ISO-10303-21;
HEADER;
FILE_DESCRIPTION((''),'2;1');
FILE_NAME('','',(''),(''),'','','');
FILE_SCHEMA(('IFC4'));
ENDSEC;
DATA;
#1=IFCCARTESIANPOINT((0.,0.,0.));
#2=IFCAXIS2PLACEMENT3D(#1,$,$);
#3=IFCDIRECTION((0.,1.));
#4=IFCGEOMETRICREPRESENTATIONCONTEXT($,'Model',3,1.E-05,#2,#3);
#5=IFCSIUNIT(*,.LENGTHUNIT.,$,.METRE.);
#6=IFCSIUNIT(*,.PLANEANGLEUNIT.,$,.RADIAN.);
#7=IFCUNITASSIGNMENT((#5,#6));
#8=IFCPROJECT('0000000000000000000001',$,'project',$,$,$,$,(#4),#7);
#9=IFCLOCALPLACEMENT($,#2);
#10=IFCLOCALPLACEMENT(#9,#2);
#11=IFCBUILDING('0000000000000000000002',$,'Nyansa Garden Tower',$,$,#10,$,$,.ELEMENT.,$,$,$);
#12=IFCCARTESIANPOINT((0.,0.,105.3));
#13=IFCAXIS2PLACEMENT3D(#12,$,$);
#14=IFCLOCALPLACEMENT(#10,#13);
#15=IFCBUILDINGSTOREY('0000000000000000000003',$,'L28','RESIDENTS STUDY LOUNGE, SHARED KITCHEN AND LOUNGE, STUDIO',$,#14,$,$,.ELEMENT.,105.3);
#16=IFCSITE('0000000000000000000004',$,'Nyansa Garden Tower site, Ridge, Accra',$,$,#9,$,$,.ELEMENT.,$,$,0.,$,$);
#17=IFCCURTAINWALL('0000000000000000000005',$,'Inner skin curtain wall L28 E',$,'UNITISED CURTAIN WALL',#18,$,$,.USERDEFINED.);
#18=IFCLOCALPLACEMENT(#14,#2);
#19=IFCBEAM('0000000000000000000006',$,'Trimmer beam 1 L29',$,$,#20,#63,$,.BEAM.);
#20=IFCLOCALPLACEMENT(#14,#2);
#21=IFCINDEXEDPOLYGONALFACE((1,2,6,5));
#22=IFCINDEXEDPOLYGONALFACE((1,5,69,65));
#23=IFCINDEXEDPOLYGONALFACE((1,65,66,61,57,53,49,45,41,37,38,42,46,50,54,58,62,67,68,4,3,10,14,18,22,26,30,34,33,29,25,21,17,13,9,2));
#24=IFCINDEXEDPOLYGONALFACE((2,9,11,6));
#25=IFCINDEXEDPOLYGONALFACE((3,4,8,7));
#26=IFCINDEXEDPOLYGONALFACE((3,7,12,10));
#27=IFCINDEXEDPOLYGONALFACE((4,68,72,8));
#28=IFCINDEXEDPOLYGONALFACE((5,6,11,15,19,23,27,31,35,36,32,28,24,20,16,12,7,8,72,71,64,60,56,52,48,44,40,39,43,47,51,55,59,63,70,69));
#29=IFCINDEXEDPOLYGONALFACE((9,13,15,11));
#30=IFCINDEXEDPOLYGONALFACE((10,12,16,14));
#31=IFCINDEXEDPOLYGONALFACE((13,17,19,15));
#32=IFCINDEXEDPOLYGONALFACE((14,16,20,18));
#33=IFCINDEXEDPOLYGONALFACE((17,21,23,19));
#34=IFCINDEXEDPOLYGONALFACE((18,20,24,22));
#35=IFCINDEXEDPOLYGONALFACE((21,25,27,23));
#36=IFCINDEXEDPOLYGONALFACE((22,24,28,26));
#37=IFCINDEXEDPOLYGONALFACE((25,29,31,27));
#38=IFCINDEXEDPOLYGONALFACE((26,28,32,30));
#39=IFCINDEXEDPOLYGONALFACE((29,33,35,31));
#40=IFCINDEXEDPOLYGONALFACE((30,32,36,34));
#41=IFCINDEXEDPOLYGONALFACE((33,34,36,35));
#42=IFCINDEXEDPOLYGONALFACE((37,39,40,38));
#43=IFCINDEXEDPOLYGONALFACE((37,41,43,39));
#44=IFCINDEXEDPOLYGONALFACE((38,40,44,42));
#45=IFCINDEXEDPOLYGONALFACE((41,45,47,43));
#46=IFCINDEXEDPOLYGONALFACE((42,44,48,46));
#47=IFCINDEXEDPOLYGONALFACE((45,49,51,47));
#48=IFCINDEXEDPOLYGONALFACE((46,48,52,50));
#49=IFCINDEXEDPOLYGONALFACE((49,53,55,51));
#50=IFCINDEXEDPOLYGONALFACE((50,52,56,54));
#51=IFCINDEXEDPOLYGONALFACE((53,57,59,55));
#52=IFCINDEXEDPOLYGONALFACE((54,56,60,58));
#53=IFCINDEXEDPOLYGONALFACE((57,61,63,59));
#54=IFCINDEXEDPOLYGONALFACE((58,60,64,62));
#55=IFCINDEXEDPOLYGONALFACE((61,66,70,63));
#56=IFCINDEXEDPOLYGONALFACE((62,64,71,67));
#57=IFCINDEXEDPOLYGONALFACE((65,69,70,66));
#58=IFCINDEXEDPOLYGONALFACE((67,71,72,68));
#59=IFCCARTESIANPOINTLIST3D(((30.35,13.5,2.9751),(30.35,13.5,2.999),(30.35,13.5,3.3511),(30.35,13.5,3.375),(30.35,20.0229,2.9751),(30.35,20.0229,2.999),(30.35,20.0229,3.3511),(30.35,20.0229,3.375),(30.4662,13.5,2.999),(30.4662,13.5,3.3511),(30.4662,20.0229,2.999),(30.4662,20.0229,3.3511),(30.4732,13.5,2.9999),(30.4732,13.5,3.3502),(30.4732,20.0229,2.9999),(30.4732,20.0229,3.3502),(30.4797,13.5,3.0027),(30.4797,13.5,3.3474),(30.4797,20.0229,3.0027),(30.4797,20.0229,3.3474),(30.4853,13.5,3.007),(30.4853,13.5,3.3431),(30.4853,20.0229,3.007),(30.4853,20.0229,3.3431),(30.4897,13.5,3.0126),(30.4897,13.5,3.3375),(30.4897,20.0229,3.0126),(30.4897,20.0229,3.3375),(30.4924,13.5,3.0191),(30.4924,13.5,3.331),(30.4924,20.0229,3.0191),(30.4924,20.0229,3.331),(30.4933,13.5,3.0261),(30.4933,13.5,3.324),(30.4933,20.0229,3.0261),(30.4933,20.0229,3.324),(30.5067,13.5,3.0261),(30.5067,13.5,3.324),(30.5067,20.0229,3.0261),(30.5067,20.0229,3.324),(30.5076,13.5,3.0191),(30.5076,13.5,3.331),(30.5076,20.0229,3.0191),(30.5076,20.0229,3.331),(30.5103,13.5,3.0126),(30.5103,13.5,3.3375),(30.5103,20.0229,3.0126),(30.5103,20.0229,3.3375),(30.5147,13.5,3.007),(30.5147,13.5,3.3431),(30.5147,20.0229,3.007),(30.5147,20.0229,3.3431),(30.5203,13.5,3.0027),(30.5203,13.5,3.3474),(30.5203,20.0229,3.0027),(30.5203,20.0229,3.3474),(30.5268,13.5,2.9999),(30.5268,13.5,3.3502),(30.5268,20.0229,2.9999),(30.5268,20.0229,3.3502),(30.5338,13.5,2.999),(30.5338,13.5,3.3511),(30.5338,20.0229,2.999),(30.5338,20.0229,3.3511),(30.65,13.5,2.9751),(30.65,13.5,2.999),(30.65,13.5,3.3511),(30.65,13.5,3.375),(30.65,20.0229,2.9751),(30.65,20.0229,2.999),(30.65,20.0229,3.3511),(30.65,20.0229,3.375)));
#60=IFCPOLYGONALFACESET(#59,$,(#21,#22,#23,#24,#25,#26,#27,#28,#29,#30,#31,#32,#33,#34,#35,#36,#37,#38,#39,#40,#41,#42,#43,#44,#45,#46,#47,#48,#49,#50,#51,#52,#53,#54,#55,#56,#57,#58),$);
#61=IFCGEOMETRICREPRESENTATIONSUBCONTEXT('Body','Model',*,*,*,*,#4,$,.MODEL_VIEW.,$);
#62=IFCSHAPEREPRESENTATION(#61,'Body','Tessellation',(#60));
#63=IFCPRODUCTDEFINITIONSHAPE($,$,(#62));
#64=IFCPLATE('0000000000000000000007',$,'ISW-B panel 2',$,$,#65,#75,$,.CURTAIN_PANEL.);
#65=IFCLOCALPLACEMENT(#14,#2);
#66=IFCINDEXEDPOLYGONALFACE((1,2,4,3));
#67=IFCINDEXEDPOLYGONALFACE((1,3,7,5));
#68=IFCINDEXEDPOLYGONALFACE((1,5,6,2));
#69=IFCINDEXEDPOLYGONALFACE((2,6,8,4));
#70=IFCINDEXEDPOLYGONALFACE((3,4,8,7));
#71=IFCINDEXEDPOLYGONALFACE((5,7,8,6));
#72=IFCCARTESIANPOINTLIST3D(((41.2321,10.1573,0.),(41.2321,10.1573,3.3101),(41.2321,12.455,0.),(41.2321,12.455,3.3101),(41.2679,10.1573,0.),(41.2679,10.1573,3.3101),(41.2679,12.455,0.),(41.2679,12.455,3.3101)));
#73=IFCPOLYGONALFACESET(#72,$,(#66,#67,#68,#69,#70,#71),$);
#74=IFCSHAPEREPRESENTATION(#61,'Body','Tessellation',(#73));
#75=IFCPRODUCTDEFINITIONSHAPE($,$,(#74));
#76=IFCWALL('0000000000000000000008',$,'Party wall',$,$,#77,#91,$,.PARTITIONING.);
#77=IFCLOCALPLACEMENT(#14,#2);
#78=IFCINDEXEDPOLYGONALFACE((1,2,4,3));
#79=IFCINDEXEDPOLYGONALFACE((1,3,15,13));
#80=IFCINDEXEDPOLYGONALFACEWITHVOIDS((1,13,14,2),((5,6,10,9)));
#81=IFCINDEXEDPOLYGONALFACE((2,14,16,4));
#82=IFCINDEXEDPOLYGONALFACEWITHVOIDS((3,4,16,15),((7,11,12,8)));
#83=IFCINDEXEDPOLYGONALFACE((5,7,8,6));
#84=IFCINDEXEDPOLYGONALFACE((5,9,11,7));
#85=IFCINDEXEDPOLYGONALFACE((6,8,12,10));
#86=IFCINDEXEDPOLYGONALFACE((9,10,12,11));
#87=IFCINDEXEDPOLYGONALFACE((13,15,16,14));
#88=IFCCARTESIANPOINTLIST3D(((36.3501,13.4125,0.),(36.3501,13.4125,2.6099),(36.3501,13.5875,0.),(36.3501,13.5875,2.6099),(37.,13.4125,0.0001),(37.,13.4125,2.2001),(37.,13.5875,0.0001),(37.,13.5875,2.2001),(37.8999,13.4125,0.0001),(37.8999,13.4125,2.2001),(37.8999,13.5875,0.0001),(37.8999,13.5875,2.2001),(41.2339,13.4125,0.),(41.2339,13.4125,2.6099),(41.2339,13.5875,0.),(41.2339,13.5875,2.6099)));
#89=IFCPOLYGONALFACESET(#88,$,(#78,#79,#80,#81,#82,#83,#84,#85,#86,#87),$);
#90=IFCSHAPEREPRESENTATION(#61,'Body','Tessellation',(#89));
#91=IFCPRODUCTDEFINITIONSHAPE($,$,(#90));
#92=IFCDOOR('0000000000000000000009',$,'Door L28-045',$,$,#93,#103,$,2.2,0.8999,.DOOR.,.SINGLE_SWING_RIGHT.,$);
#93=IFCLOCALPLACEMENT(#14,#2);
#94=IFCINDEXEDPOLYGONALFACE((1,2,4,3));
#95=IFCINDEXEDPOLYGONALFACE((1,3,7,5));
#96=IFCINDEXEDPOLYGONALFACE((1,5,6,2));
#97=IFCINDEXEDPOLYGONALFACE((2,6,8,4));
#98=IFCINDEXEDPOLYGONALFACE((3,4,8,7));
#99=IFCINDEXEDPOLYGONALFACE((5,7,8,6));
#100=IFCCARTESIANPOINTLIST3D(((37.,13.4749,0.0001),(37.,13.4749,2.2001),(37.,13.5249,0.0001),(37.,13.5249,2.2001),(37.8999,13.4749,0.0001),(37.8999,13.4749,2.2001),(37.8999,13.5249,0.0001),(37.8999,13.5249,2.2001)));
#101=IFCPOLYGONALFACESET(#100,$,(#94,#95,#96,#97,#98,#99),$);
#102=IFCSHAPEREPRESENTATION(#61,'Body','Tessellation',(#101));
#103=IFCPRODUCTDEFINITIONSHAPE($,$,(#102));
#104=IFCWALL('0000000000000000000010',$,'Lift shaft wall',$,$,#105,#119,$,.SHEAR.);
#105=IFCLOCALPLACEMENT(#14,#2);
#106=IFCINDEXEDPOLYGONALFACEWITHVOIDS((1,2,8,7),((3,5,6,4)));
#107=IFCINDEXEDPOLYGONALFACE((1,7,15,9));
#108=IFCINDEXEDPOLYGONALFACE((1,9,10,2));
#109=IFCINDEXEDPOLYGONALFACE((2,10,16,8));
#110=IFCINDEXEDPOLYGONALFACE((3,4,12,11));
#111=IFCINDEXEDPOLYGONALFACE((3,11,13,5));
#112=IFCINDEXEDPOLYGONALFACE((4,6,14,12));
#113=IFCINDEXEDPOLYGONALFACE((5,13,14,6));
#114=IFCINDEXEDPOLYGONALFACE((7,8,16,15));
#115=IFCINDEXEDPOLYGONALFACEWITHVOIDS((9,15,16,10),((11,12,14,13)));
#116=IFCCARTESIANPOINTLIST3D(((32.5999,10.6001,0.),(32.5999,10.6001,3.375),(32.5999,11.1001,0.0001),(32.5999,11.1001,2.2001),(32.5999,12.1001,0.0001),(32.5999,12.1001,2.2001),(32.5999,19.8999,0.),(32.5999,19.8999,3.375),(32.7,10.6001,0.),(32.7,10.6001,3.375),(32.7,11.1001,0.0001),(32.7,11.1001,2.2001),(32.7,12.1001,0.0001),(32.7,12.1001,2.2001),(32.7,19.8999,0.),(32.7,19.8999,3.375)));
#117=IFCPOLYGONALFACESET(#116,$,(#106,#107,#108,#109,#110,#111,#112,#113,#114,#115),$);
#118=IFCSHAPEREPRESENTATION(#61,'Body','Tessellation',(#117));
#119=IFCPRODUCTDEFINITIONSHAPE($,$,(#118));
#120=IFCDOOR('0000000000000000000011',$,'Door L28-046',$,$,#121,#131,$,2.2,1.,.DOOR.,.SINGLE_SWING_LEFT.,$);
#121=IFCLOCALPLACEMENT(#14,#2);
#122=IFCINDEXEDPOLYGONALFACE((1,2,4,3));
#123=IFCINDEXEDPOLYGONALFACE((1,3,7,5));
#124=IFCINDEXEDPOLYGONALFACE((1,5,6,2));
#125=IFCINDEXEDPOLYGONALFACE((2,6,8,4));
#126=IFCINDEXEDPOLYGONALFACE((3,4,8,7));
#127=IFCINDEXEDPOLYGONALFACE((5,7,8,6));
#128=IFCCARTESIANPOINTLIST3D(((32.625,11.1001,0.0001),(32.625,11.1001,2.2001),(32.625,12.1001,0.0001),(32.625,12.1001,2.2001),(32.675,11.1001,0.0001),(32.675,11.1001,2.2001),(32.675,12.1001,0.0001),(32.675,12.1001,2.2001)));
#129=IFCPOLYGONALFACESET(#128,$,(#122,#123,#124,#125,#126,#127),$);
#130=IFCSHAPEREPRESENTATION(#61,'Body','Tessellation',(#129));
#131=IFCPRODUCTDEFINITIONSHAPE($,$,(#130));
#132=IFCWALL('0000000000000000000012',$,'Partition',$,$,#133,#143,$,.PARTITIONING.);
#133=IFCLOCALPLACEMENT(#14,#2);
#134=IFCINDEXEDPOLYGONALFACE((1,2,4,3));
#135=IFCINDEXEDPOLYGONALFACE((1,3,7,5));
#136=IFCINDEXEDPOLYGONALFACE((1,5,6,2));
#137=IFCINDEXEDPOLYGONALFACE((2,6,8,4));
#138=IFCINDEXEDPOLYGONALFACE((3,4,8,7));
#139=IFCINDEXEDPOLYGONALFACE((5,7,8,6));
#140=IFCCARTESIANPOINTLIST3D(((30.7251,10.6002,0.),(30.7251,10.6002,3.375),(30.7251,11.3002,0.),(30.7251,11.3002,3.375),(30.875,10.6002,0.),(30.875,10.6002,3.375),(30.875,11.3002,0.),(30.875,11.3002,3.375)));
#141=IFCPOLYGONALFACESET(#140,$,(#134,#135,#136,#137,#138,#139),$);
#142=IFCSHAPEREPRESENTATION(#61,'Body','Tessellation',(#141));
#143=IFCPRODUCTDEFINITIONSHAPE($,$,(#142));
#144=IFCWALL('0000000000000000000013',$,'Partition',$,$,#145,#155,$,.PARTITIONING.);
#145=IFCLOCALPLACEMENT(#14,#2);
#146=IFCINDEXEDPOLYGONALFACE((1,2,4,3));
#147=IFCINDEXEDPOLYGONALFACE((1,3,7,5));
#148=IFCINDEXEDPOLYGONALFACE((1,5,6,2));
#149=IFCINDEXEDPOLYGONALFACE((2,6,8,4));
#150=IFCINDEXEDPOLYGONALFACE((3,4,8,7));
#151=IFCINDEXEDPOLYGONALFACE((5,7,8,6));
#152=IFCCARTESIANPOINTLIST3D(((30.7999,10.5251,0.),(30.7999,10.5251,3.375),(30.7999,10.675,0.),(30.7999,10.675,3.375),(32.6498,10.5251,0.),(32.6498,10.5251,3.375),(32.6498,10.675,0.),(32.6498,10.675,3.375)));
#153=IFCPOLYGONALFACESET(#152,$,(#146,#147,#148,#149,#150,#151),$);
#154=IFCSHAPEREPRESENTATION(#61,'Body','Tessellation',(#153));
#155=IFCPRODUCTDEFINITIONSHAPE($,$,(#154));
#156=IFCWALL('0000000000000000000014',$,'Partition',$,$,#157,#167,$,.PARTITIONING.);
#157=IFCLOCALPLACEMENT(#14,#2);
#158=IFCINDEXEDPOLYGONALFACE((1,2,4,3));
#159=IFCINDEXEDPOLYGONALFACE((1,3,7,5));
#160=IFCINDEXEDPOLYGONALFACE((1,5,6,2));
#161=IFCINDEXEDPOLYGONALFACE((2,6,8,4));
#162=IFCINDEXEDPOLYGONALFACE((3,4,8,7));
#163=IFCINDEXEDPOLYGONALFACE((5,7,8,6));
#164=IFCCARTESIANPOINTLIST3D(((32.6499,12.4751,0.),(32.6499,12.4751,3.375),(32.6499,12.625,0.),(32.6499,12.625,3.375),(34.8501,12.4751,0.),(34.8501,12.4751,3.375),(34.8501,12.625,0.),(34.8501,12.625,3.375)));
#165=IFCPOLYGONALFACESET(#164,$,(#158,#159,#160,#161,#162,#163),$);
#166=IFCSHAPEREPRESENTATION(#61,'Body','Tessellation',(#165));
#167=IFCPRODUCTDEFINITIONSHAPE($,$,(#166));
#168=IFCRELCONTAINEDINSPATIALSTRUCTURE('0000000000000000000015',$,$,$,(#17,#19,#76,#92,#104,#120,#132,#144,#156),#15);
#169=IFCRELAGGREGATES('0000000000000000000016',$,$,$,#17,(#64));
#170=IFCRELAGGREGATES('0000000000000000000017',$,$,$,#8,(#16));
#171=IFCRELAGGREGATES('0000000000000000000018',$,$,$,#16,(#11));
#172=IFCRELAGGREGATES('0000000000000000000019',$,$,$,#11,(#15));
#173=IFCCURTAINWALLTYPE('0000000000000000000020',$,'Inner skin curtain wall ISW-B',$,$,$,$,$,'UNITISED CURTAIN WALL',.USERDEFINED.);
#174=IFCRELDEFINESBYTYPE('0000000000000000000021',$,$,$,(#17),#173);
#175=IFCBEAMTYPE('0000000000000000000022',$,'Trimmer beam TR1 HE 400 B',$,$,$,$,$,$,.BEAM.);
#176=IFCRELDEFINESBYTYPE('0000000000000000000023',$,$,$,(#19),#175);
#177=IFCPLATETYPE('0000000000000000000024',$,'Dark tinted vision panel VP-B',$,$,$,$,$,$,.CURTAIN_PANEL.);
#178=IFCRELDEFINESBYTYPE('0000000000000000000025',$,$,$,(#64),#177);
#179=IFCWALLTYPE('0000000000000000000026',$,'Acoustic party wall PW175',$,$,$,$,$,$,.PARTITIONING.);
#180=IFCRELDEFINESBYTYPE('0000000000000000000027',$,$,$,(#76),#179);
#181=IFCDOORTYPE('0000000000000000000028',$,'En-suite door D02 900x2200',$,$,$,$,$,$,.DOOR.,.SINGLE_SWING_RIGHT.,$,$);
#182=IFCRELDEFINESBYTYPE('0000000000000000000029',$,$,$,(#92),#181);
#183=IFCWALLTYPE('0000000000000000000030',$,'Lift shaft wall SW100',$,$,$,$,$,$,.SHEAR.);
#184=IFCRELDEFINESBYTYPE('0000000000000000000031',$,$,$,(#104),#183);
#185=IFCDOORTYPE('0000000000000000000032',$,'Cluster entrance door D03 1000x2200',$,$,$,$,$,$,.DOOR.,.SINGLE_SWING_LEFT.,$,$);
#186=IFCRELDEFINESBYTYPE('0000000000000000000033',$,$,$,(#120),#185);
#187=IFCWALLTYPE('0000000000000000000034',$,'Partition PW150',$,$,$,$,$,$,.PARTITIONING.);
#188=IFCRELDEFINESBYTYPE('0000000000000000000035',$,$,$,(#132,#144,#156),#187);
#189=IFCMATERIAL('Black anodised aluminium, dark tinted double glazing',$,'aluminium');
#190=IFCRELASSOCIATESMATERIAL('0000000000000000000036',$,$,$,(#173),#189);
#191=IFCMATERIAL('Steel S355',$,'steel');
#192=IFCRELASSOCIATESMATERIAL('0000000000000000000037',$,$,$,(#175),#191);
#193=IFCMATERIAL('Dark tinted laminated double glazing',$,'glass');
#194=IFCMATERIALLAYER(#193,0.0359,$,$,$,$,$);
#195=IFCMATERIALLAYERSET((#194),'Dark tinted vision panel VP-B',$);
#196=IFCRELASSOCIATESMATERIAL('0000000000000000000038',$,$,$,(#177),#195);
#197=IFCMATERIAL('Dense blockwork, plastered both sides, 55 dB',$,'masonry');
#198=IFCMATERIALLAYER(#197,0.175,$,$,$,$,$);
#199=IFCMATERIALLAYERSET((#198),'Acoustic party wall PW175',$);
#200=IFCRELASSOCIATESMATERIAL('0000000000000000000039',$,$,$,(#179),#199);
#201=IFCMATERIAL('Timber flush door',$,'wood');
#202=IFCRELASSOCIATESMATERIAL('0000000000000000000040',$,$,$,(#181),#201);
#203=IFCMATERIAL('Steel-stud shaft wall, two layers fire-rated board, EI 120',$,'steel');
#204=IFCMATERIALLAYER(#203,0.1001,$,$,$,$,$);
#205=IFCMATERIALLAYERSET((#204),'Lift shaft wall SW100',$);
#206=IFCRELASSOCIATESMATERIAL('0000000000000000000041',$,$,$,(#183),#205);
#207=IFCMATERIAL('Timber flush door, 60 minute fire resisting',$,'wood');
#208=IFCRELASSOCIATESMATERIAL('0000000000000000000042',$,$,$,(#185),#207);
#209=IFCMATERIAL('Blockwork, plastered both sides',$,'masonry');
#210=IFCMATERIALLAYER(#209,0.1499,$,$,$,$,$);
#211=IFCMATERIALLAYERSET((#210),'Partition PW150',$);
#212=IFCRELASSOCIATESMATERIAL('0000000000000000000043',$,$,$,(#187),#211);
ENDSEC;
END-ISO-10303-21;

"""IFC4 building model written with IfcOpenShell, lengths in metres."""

from ifc_helpers import new_model, si_unit, direction, frame, frame_2d, origin, origin_2d, place, context, subcontext, project, spatial, rectangle, i_section, extrude, material, layer, layer_set, material_profile, profile_set, type_object, element, fill, aggregate, save


model = new_model("IFC4")

# Units and contexts
model_context = context("Model", 3, precision=1e-05, world=origin(), true_north=direction((0.0, 1.0)))
body_context = subcontext(model_context, "Body", "Model", "MODEL_VIEW")
ifc_project = project(units=[si_unit("LENGTHUNIT", "METRE"), si_unit("PLANEANGLEUNIT", "RADIAN")], contexts=[model_context])

# Site, building, storey
site_placement = place(None, origin())
site = spatial("IfcSite", under=ifc_project, at=site_placement, Name="Nyansa Garden Tower site, Ridge, Accra", CompositionType="ELEMENT", RefElevation=0.0)
building_placement = place(site_placement, origin())
building = spatial("IfcBuilding", under=site, at=building_placement, Name="Nyansa Garden Tower", CompositionType="ELEMENT")
storey_placement = place(building_placement, frame((0.0, 0.0, 105.3)))
storey = spatial("IfcBuildingStorey", under=building, at=storey_placement, Name="L28", Description="RESIDENTS STUDY LOUNGE, SHARED KITCHEN AND LOUNGE, STUDIO", CompositionType="ELEMENT", Elevation=105.3)

# Curtain wall
ifc_material_1 = material(Name="Black anodised aluminium, dark tinted double glazing", Category="aluminium")
curtain_wall_type = type_object("IfcCurtainWallType", Name="Inner skin curtain wall ISW-B", ElementType="UNITISED CURTAIN WALL", PredefinedType="USERDEFINED", material=ifc_material_1)
curtain_wall_1_placement = place(storey_placement, origin())
curtain_wall_1 = element("IfcCurtainWall", 1, at=curtain_wall_1_placement, inside=storey, type_object=curtain_wall_type, Name="Inner skin curtain wall L28 E", ObjectType="UNITISED CURTAIN WALL", PredefinedType="USERDEFINED")

# Beam
ifc_material_2 = material(Name="Steel S355", Category="steel")
ifc_material_profile_1 = material_profile(ifc_material_2, i_section(OverallWidth=0.3, OverallDepth=0.3999, WebThickness=0.0134, FlangeThickness=0.0239, FilletRadius=0.0271, at=origin_2d()), Name="HE 400 B")
ifc_profile_set_1 = profile_set([ifc_material_profile_1], Name="Steel S355")
beam_type_1 = type_object("IfcBeamType", Name="Trimmer beam TR1 HE 400 B", PredefinedType="BEAM", material=ifc_profile_set_1)
beam_1_placement = place(storey_placement, frame((30.5, 13.5, 3.175), z_axis=(0.0, 1.0, 0.0), x_axis=(-1.0, 0.0, 0.0)))
element("IfcBeam", 2, at=beam_1_placement, inside=storey, type_object=beam_type_1, Name="Trimmer beam 1 L29", PredefinedType="BEAM", context=body_context, shape_type="SweptSolid", body=[
    extrude(i_section(OverallWidth=0.3, OverallDepth=0.3999, WebThickness=0.0134, FlangeThickness=0.0239, FilletRadius=0.0271, at=origin_2d()), origin(), (0.0, 0.0, 1.0), 6.5229),
])

# Plate
ifc_material_3 = material(Name="Dark tinted laminated double glazing", Category="glass")
ifc_layer_1 = layer(ifc_material_3, 0.0359)
ifc_layer_set_1 = layer_set([ifc_layer_1], Name="Dark tinted vision panel VP-B")
plate_type = type_object("IfcPlateType", Name="Dark tinted vision panel VP-B", PredefinedType="CURTAIN_PANEL", material=ifc_layer_set_1)
plate_placement = place(storey_placement, frame((41.25, 11.3062, 0.0), z_axis=(0.0, 0.0, 1.0), x_axis=(0.0, 1.0, 0.0)))
plate = element("IfcPlate", 3, at=plate_placement, type_object=plate_type, Name="ISW-B panel 2", PredefinedType="CURTAIN_PANEL", context=body_context, shape_type="SweptSolid", body=[
    extrude(rectangle(XDim=2.2976, YDim=0.0359, at=origin_2d()), origin(), (0.0, 0.0, 1.0), 3.3101),
])
aggregate(curtain_wall_1, [plate])

# Walls, openings, doors
ifc_material_4 = material(Name="Dense blockwork, plastered both sides, 55 dB", Category="masonry")
ifc_layer_2 = layer(ifc_material_4, 0.175)
ifc_layer_set_2 = layer_set([ifc_layer_2], Name="Acoustic party wall PW175")
wall_type_1 = type_object("IfcWallType", Name="Acoustic party wall PW175", PredefinedType="PARTITIONING", material=ifc_layer_set_2)
wall_1_placement = place(storey_placement, frame((36.3501, 13.5, 0.0), z_axis=(0.0, 0.0, 1.0), x_axis=(1.0, 0.0, 0.0)))
wall_1 = element("IfcWall", 4, at=wall_1_placement, inside=storey, type_object=wall_type_1, Name="Party wall", PredefinedType="PARTITIONING", context=body_context, shape_type="SweptSolid", body=[
    extrude(rectangle(XDim=4.8838, YDim=0.175, at=frame_2d((2.4419, 0.0))), origin(), (0.0, 0.0, 1.0), 2.6099),
])
opening_1_placement = place(wall_1_placement, frame((0.6499, 0.0, 0.0)))
opening_1 = element("IfcOpeningElement", 5, at=opening_1_placement, cuts=wall_1, PredefinedType="OPENING", context=body_context, shape_type="SweptSolid", body=[
    extrude(rectangle(XDim=0.8999, YDim=2.2, at=frame_2d((0.45, 1.1001))), frame((0.0, 0.0974, 0.0), z_axis=(0.0, -1.0, 0.0), x_axis=(1.0, 0.0, 0.0)), (0.0, 0.0, 1.0), 0.1951),
])
ifc_material_5 = material(Name="Timber flush door", Category="wood")
door_type_1 = type_object("IfcDoorType", Name="En-suite door D02 900x2200", OperationType="SINGLE_SWING_RIGHT", PredefinedType="DOOR", material=ifc_material_5)
door_1_placement = place(opening_1_placement, origin())
door_1 = element("IfcDoor", 6, at=door_1_placement, inside=storey, type_object=door_type_1, Name="Door L28-045", OperationType="SINGLE_SWING_RIGHT", OverallHeight=2.2, OverallWidth=0.8999, PredefinedType="DOOR", context=body_context, shape_type="SweptSolid", body=[
    extrude(rectangle(XDim=0.8999, YDim=2.2, at=frame_2d((0.45, 1.1001))), frame((0.0, 0.0249, 0.0), z_axis=(0.0, -1.0, 0.0), x_axis=(1.0, 0.0, 0.0)), (0.0, 0.0, 1.0), 0.05),
])
fill(opening_1, door_1)
ifc_material_6 = material(Name="Steel-stud shaft wall, two layers fire-rated board, EI 120", Category="steel")
ifc_layer_3 = layer(ifc_material_6, 0.1001)
ifc_layer_set_3 = layer_set([ifc_layer_3], Name="Lift shaft wall SW100")
wall_type_2 = type_object("IfcWallType", Name="Lift shaft wall SW100", PredefinedType="SHEAR", material=ifc_layer_set_3)
wall_2_placement = place(storey_placement, frame((32.6499, 10.6001, 0.0), z_axis=(0.0, 0.0, 1.0), x_axis=(0.0, 1.0, 0.0)))
wall_2 = element("IfcWall", 7, at=wall_2_placement, inside=storey, type_object=wall_type_2, Name="Lift shaft wall", PredefinedType="SHEAR", context=body_context, shape_type="SweptSolid", body=[
    extrude(rectangle(XDim=9.2998, YDim=0.1001, at=frame_2d((4.6499, 0.0))), origin(), (0.0, 0.0, 1.0), 3.375),
])
opening_2_placement = place(wall_2_placement, frame((0.5, 0.0, 0.0)))
opening_2 = element("IfcOpeningElement", 8, at=opening_2_placement, cuts=wall_2, PredefinedType="OPENING", context=body_context, shape_type="SweptSolid", body=[
    extrude(rectangle(XDim=1.0, YDim=2.2, at=frame_2d((0.5, 1.1001))), frame((0.0, 0.0601, 0.0), z_axis=(0.0, -1.0, 0.0), x_axis=(1.0, 0.0, 0.0)), (0.0, 0.0, 1.0), 0.1201),
])
ifc_material_7 = material(Name="Timber flush door, 60 minute fire resisting", Category="wood")
door_type_2 = type_object("IfcDoorType", Name="Cluster entrance door D03 1000x2200", OperationType="SINGLE_SWING_LEFT", PredefinedType="DOOR", material=ifc_material_7)
door_2_placement = place(opening_2_placement, origin())
door_2 = element("IfcDoor", 9, at=door_2_placement, inside=storey, type_object=door_type_2, Name="Door L28-046", OperationType="SINGLE_SWING_LEFT", OverallHeight=2.2, OverallWidth=1.0, PredefinedType="DOOR", context=body_context, shape_type="SweptSolid", body=[
    extrude(rectangle(XDim=1.0, YDim=2.2, at=frame_2d((0.5, 1.1001))), frame((0.0, 0.0249, 0.0), z_axis=(0.0, -1.0, 0.0), x_axis=(1.0, 0.0, 0.0)), (0.0, 0.0, 1.0), 0.05),
])
fill(opening_2, door_2)

# Walls
ifc_material_8 = material(Name="Blockwork, plastered both sides", Category="masonry")
ifc_layer_4 = layer(ifc_material_8, 0.1499)
ifc_layer_set_4 = layer_set([ifc_layer_4], Name="Partition PW150")
wall_type_3 = type_object("IfcWallType", Name="Partition PW150", PredefinedType="PARTITIONING", material=ifc_layer_set_4)
wall_3_placement = place(storey_placement, frame((30.8, 10.6001, 0.0), z_axis=(0.0, 0.0, 1.0), x_axis=(0.0, 1.0, 0.0)))
element("IfcWall", 10, at=wall_3_placement, inside=storey, type_object=wall_type_3, Name="Partition", PredefinedType="PARTITIONING", context=body_context, shape_type="SweptSolid", body=[
    extrude(rectangle(XDim=0.7, YDim=0.1499, at=frame_2d((0.3501, 0.0))), origin(), (0.0, 0.0, 1.0), 3.375),
])
wall_4_placement = place(storey_placement, frame((30.8, 10.6001, 0.0), z_axis=(0.0, 0.0, 1.0), x_axis=(1.0, 0.0, 0.0)))
element("IfcWall", 11, at=wall_4_placement, inside=storey, type_object=wall_type_3, Name="Partition", PredefinedType="PARTITIONING", context=body_context, shape_type="SweptSolid", body=[
    extrude(rectangle(XDim=1.8499, YDim=0.1499, at=frame_2d((0.9248, 0.0))), origin(), (0.0, 0.0, 1.0), 3.375),
])
wall_5_placement = place(storey_placement, frame((32.6499, 12.55, 0.0), z_axis=(0.0, 0.0, 1.0), x_axis=(1.0, 0.0, 0.0)))
element("IfcWall", 12, at=wall_5_placement, inside=storey, type_object=wall_type_3, Name="Partition", PredefinedType="PARTITIONING", context=body_context, shape_type="SweptSolid", body=[
    extrude(rectangle(XDim=2.2002, YDim=0.1499, at=frame_2d((1.1001, 0.0))), origin(), (0.0, 0.0, 1.0), 3.375),
])

save(model, "model.ifc")
